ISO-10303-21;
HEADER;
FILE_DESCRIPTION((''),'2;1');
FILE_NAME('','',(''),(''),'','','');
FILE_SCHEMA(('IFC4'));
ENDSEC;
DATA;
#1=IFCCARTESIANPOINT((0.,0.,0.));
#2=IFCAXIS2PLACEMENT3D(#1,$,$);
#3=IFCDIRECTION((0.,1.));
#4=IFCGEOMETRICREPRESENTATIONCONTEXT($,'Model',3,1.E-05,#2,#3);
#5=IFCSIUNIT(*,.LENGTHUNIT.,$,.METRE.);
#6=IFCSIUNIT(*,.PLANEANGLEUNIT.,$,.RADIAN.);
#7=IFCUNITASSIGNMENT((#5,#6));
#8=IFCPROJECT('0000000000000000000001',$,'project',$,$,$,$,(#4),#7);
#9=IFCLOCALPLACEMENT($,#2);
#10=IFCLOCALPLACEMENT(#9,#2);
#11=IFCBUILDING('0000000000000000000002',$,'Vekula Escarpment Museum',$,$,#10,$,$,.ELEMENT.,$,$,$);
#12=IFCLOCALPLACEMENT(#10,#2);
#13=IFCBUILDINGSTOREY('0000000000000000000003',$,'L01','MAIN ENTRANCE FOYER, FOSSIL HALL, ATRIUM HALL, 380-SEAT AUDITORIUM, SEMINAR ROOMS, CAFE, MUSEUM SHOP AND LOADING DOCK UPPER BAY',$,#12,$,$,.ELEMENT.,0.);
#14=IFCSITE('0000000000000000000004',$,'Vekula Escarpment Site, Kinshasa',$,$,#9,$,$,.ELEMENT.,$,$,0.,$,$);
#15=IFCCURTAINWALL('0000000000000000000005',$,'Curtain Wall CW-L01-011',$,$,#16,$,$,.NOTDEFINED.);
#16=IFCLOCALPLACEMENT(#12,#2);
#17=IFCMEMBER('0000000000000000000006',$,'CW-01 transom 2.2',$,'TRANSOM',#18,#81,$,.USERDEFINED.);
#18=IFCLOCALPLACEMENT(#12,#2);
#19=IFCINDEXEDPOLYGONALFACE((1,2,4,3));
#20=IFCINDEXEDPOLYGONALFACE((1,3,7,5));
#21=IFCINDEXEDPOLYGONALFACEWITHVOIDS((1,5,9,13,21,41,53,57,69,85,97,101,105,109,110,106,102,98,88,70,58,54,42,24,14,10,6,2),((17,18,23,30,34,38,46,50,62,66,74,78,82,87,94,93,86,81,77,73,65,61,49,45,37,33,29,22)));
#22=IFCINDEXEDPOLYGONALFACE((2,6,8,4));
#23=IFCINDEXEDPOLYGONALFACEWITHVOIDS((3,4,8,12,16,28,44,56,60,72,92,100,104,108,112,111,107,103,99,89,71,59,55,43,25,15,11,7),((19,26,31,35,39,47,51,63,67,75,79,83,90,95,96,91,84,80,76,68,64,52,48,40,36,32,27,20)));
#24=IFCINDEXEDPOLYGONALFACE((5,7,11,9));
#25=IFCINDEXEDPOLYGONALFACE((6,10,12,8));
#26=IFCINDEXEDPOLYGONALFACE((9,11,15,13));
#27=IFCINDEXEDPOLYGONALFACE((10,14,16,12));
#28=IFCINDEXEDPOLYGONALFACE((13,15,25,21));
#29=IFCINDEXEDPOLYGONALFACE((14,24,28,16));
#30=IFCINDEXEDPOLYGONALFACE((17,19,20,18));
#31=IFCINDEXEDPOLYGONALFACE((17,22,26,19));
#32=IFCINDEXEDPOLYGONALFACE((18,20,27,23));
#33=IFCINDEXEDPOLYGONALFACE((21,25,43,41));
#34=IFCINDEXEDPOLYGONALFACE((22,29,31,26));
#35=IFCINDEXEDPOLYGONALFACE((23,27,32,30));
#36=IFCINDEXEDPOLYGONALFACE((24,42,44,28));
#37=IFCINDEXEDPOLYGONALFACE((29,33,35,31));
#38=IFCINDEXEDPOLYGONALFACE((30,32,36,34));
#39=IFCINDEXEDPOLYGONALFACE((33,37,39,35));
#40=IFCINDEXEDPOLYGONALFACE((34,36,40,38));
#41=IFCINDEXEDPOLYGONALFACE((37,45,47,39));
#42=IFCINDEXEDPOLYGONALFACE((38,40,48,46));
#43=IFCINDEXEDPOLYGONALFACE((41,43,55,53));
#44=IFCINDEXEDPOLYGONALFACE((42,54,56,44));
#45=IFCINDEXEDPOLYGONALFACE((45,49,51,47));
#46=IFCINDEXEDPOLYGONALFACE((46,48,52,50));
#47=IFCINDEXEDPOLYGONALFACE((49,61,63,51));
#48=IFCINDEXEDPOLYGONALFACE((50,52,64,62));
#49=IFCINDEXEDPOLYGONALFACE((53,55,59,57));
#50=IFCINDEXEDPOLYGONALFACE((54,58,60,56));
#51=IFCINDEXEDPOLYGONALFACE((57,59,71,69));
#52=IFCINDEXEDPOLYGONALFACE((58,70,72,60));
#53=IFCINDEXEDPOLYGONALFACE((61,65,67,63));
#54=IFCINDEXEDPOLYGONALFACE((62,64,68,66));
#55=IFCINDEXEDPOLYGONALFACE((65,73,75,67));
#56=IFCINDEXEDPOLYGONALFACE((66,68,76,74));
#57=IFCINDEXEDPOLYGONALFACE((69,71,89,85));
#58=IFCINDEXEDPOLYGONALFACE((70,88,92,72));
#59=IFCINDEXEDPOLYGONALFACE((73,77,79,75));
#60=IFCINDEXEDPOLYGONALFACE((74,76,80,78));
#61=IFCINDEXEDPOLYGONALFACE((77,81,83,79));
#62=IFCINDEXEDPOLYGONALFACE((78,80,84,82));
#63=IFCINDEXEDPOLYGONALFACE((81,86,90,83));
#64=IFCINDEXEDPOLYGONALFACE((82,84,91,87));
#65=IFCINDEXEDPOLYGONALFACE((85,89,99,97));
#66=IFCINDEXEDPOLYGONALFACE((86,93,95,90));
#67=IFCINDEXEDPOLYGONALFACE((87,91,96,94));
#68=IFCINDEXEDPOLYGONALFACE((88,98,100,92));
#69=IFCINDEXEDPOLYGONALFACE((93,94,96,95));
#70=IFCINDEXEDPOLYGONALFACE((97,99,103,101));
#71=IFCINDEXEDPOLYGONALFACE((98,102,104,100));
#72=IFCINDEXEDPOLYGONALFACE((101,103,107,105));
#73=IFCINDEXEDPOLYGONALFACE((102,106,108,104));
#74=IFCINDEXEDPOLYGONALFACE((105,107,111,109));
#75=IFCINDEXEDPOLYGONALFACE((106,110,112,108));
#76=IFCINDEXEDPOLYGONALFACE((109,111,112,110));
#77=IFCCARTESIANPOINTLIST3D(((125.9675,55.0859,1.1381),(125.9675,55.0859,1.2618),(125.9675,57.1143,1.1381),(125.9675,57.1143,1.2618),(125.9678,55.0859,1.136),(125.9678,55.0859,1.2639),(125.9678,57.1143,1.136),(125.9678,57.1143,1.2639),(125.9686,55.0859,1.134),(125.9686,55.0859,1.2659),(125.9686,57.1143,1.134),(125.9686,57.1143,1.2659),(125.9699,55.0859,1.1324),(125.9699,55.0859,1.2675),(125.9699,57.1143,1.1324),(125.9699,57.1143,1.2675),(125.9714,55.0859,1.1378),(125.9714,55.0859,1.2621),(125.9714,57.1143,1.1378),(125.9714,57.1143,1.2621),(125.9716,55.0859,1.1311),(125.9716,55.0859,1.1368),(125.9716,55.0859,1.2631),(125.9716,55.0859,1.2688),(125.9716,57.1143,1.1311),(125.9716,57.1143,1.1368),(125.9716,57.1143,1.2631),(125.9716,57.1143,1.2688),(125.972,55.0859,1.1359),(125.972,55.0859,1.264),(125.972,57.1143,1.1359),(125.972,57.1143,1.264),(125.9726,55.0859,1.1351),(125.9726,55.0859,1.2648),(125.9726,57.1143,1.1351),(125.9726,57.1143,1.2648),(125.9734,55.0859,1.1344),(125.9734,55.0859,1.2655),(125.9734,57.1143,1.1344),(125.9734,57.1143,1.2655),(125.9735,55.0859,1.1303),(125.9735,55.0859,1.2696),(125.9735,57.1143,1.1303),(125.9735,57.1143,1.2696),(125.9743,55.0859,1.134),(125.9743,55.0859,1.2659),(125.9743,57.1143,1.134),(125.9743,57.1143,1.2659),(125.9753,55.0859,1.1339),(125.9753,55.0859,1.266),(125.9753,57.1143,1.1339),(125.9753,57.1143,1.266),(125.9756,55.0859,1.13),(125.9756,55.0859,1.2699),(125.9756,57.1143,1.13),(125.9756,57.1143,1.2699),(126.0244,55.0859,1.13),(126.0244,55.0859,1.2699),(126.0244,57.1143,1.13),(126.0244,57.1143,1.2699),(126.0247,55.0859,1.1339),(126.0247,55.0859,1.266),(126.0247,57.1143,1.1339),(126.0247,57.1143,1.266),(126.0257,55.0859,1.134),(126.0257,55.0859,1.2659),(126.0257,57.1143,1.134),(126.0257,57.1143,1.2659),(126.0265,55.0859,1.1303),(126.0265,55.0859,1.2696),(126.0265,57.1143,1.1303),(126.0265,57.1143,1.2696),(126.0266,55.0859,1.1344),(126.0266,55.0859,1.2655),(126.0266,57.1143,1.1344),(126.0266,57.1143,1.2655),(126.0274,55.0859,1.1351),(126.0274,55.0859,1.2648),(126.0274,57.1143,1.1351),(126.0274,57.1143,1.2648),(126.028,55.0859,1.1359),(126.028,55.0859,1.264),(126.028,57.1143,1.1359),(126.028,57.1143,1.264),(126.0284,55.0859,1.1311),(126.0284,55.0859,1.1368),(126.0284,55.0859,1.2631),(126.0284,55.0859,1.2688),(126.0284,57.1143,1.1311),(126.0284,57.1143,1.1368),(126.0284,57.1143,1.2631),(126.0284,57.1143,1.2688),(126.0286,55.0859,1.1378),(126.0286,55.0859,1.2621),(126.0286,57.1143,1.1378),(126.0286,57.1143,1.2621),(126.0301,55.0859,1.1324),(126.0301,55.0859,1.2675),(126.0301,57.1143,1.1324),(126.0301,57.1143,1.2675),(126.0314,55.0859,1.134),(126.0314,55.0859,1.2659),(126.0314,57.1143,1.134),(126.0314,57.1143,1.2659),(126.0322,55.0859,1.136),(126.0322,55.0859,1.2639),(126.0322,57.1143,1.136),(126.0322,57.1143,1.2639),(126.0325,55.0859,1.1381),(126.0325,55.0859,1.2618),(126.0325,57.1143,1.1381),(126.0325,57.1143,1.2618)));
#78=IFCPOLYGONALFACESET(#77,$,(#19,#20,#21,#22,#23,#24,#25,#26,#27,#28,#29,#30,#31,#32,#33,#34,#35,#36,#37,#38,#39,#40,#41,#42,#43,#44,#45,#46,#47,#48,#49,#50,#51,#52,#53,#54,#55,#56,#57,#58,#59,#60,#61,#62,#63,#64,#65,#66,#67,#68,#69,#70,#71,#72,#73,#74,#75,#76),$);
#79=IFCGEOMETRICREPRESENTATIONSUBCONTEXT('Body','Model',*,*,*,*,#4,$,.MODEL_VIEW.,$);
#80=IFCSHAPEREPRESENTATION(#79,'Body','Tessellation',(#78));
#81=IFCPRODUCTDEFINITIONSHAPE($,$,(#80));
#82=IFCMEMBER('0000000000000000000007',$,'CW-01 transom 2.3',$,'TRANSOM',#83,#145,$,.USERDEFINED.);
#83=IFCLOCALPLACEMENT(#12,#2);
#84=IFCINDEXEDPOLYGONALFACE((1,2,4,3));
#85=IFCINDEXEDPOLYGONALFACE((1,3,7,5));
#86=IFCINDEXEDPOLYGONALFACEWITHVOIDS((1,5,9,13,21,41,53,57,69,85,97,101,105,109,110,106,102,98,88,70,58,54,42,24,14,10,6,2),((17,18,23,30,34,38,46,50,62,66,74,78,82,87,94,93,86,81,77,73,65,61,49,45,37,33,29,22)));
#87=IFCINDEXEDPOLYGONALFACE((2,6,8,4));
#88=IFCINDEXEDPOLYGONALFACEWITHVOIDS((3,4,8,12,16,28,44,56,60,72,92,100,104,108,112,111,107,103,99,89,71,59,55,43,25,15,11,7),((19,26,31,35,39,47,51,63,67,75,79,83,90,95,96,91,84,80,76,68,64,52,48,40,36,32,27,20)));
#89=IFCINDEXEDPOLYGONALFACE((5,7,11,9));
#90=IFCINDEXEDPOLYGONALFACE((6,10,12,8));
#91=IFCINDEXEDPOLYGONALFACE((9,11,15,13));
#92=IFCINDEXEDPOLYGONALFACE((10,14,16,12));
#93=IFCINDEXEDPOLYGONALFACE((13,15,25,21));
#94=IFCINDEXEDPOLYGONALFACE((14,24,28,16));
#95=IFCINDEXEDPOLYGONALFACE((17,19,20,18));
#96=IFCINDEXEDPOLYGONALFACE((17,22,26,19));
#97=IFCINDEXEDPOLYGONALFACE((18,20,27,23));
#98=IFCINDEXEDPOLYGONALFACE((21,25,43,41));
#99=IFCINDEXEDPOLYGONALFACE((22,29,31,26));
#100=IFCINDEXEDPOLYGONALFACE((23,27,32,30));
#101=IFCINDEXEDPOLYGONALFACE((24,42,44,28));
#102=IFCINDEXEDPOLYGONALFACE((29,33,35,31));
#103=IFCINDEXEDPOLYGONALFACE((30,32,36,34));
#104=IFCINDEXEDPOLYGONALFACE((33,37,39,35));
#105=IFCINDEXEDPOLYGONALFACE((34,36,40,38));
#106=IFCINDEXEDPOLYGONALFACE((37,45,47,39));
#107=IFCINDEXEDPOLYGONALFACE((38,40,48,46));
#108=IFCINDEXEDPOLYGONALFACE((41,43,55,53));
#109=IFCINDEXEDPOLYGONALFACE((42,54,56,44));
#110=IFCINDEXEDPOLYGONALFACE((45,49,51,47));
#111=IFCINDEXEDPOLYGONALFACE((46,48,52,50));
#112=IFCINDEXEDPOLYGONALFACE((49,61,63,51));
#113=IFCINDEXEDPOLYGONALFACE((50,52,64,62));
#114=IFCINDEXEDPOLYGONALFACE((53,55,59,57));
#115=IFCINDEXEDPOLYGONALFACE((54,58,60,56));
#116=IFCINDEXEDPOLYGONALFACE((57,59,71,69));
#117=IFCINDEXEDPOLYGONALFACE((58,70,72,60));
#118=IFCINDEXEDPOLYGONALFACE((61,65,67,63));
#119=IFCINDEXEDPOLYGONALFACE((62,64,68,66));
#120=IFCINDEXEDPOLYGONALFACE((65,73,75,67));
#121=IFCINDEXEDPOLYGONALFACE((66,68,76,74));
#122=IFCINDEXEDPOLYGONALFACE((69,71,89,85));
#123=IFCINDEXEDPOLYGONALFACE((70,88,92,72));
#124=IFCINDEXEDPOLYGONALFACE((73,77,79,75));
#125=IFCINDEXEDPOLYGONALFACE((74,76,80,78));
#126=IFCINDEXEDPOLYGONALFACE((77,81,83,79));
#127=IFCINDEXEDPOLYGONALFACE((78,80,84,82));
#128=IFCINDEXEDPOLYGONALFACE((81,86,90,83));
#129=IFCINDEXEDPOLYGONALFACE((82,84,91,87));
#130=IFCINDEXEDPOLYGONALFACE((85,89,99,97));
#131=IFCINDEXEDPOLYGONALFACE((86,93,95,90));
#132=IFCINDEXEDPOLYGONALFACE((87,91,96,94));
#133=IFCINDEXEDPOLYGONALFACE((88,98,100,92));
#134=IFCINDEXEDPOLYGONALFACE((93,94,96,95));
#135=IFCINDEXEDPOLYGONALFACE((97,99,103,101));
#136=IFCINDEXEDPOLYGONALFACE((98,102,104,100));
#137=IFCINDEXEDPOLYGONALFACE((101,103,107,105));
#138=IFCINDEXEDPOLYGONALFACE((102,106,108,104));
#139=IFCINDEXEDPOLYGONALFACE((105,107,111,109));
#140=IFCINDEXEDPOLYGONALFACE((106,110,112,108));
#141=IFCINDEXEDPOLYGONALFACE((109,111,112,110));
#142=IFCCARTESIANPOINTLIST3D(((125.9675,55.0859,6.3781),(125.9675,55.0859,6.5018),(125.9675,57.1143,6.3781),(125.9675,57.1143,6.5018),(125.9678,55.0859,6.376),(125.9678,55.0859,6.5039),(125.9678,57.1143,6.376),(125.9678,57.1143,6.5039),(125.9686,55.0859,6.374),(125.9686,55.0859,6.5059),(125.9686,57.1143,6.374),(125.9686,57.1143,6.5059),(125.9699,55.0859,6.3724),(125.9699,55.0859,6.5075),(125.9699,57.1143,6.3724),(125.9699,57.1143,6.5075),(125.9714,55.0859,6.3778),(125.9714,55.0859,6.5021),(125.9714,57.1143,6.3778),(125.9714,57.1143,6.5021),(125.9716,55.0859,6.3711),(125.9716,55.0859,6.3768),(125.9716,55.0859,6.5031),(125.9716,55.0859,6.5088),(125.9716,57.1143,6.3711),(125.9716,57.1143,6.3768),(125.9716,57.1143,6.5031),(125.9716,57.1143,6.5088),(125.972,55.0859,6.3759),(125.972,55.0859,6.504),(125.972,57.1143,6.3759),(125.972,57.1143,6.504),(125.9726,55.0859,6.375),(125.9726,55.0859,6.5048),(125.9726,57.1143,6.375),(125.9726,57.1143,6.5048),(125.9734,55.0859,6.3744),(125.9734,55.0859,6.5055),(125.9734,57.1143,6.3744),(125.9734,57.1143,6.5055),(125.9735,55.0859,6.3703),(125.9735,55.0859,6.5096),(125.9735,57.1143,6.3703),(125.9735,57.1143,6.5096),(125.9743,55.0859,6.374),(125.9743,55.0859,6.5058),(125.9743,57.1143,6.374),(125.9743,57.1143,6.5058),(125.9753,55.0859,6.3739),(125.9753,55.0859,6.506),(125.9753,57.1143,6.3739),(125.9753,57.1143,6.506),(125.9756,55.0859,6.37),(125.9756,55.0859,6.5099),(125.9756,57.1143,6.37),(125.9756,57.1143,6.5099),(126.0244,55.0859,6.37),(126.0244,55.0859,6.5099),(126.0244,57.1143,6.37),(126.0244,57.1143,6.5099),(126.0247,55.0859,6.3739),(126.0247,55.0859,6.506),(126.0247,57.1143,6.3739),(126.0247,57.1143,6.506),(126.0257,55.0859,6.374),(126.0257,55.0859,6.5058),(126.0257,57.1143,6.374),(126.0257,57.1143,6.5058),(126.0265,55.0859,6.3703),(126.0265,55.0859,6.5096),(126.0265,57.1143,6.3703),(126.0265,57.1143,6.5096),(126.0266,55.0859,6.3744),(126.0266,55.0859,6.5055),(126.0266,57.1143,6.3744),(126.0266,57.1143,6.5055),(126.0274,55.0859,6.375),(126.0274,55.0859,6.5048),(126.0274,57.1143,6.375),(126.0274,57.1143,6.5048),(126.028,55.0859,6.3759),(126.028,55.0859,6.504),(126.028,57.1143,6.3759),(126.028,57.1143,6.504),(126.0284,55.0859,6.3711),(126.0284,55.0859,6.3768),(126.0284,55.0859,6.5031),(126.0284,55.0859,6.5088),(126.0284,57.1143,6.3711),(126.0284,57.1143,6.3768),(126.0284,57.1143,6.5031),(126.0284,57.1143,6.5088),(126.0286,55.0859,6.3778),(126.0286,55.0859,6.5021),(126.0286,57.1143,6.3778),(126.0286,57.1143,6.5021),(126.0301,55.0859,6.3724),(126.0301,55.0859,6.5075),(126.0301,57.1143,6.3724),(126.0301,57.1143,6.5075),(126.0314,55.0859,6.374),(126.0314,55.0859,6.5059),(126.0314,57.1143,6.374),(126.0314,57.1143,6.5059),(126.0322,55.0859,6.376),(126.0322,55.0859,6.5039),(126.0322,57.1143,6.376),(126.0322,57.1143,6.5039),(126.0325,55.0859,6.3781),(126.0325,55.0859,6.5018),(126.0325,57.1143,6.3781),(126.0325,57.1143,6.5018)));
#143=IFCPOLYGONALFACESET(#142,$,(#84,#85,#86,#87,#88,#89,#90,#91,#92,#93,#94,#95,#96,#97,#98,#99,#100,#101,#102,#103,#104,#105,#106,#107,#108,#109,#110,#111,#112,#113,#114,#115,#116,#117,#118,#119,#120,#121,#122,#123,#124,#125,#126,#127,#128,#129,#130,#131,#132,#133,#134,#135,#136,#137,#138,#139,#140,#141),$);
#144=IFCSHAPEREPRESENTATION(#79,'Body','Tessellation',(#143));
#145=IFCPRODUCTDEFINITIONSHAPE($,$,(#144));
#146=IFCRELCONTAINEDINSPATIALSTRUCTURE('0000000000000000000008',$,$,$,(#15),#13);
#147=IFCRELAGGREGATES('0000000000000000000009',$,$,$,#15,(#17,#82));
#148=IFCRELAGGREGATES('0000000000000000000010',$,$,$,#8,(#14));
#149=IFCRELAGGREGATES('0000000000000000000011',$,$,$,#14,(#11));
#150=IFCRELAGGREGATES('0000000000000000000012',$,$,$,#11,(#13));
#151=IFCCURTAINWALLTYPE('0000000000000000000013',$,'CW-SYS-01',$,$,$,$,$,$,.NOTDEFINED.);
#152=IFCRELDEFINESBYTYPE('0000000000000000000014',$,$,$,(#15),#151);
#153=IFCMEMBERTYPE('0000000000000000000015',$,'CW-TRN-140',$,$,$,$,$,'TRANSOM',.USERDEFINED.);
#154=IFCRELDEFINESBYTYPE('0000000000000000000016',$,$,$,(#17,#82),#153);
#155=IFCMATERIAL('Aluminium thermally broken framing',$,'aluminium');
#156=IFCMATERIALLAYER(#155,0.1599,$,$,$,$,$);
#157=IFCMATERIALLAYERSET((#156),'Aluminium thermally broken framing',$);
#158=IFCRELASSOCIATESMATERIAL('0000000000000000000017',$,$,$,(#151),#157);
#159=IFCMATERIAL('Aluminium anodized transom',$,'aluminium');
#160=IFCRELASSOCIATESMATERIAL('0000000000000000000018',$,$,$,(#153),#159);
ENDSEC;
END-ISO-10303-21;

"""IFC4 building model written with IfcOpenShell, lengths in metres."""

from ifc_helpers import new_model, si_unit, direction, frame, origin, origin_2d, place, context, subcontext, project, spatial, hollow_rectangle, extrude, material, layer, layer_set, material_profile, profile_set, type_object, element, aggregate, save


model = new_model("IFC4")

# Units and contexts
model_context = context("Model", 3, precision=1e-05, world=origin(), true_north=direction((0.0, 1.0)))
body_context = subcontext(model_context, "Body", "Model", "MODEL_VIEW")
ifc_project = project(units=[si_unit("LENGTHUNIT", "METRE"), si_unit("PLANEANGLEUNIT", "RADIAN")], contexts=[model_context])

# Site, building, storey
site_placement = place(None, origin())
site = spatial("IfcSite", under=ifc_project, at=site_placement, Name="Vekula Escarpment Site, Kinshasa", CompositionType="ELEMENT", RefElevation=0.0)
building_placement = place(site_placement, origin())
building = spatial("IfcBuilding", under=site, at=building_placement, Name="Vekula Escarpment Museum", CompositionType="ELEMENT")
storey_placement = place(building_placement, origin())
storey = spatial("IfcBuildingStorey", under=building, at=storey_placement, Name="L01", Description="MAIN ENTRANCE FOYER, FOSSIL HALL, ATRIUM HALL, 380-SEAT AUDITORIUM, SEMINAR ROOMS, CAFE, MUSEUM SHOP AND LOADING DOCK UPPER BAY", CompositionType="ELEMENT", Elevation=0.0)

# Curtain wall
ifc_material_1 = material(Name="Aluminium thermally broken framing", Category="aluminium")
ifc_layer_1 = layer(ifc_material_1, 0.1599)
ifc_layer_set_1 = layer_set([ifc_layer_1], Name="Aluminium thermally broken framing")
curtain_wall_type_1 = type_object("IfcCurtainWallType", Name="CW-SYS-01", PredefinedType="NOTDEFINED", material=ifc_layer_set_1)
curtain_wall_1_placement = place(storey_placement, origin())
curtain_wall_1 = element("IfcCurtainWall", 1, at=curtain_wall_1_placement, inside=storey, type_object=curtain_wall_type_1, Name="Curtain Wall CW-L01-011", PredefinedType="NOTDEFINED")

# Members
ifc_material_2 = material(Name="Aluminium anodized transom", Category="aluminium")
ifc_material_profile_1 = material_profile(ifc_material_2, hollow_rectangle(XDim=0.0649, YDim=0.1399, WallThickness=0.0039, InnerFilletRadius=0.0039, OuterFilletRadius=0.0081, at=origin_2d()), Name="ALU 140x65x4")
ifc_profile_set_1 = profile_set([ifc_material_profile_1], Name="Aluminium anodized transom")
member_type_1 = type_object("IfcMemberType", Name="CW-TRN-140", ElementType="TRANSOM", PredefinedType="USERDEFINED", material=ifc_profile_set_1)
member_1_placement = place(storey_placement, frame((126.0, 55.0859, 1.2), z_axis=(0.0, 1.0, 0.0), x_axis=(-1.0, 0.0, 0.0)))
member_1 = element("IfcMember", 2, at=member_1_placement, type_object=member_type_1, Name="CW-01 transom 2.2", ObjectType="TRANSOM", PredefinedType="USERDEFINED", context=body_context, shape_type="SweptSolid", body=[
    extrude(hollow_rectangle(XDim=0.0649, YDim=0.1399, WallThickness=0.0039, InnerFilletRadius=0.0039, OuterFilletRadius=0.0081, at=origin_2d()), origin(), (0.0, 0.0, 1.0), 2.0283),
])
member_2_placement = place(storey_placement, frame((126.0, 55.0859, 6.4399), z_axis=(0.0, 1.0, 0.0), x_axis=(-1.0, 0.0, 0.0)))
member_2 = element("IfcMember", 3, at=member_2_placement, type_object=member_type_1, Name="CW-01 transom 2.3", ObjectType="TRANSOM", PredefinedType="USERDEFINED", context=body_context, shape_type="SweptSolid", body=[
    extrude(hollow_rectangle(XDim=0.0649, YDim=0.1399, WallThickness=0.0039, InnerFilletRadius=0.0039, OuterFilletRadius=0.0081, at=origin_2d()), origin(), (0.0, 0.0, 1.0), 2.0283),
])

aggregate(curtain_wall_1, [member_1, member_2])

save(model, "model.ifc")
